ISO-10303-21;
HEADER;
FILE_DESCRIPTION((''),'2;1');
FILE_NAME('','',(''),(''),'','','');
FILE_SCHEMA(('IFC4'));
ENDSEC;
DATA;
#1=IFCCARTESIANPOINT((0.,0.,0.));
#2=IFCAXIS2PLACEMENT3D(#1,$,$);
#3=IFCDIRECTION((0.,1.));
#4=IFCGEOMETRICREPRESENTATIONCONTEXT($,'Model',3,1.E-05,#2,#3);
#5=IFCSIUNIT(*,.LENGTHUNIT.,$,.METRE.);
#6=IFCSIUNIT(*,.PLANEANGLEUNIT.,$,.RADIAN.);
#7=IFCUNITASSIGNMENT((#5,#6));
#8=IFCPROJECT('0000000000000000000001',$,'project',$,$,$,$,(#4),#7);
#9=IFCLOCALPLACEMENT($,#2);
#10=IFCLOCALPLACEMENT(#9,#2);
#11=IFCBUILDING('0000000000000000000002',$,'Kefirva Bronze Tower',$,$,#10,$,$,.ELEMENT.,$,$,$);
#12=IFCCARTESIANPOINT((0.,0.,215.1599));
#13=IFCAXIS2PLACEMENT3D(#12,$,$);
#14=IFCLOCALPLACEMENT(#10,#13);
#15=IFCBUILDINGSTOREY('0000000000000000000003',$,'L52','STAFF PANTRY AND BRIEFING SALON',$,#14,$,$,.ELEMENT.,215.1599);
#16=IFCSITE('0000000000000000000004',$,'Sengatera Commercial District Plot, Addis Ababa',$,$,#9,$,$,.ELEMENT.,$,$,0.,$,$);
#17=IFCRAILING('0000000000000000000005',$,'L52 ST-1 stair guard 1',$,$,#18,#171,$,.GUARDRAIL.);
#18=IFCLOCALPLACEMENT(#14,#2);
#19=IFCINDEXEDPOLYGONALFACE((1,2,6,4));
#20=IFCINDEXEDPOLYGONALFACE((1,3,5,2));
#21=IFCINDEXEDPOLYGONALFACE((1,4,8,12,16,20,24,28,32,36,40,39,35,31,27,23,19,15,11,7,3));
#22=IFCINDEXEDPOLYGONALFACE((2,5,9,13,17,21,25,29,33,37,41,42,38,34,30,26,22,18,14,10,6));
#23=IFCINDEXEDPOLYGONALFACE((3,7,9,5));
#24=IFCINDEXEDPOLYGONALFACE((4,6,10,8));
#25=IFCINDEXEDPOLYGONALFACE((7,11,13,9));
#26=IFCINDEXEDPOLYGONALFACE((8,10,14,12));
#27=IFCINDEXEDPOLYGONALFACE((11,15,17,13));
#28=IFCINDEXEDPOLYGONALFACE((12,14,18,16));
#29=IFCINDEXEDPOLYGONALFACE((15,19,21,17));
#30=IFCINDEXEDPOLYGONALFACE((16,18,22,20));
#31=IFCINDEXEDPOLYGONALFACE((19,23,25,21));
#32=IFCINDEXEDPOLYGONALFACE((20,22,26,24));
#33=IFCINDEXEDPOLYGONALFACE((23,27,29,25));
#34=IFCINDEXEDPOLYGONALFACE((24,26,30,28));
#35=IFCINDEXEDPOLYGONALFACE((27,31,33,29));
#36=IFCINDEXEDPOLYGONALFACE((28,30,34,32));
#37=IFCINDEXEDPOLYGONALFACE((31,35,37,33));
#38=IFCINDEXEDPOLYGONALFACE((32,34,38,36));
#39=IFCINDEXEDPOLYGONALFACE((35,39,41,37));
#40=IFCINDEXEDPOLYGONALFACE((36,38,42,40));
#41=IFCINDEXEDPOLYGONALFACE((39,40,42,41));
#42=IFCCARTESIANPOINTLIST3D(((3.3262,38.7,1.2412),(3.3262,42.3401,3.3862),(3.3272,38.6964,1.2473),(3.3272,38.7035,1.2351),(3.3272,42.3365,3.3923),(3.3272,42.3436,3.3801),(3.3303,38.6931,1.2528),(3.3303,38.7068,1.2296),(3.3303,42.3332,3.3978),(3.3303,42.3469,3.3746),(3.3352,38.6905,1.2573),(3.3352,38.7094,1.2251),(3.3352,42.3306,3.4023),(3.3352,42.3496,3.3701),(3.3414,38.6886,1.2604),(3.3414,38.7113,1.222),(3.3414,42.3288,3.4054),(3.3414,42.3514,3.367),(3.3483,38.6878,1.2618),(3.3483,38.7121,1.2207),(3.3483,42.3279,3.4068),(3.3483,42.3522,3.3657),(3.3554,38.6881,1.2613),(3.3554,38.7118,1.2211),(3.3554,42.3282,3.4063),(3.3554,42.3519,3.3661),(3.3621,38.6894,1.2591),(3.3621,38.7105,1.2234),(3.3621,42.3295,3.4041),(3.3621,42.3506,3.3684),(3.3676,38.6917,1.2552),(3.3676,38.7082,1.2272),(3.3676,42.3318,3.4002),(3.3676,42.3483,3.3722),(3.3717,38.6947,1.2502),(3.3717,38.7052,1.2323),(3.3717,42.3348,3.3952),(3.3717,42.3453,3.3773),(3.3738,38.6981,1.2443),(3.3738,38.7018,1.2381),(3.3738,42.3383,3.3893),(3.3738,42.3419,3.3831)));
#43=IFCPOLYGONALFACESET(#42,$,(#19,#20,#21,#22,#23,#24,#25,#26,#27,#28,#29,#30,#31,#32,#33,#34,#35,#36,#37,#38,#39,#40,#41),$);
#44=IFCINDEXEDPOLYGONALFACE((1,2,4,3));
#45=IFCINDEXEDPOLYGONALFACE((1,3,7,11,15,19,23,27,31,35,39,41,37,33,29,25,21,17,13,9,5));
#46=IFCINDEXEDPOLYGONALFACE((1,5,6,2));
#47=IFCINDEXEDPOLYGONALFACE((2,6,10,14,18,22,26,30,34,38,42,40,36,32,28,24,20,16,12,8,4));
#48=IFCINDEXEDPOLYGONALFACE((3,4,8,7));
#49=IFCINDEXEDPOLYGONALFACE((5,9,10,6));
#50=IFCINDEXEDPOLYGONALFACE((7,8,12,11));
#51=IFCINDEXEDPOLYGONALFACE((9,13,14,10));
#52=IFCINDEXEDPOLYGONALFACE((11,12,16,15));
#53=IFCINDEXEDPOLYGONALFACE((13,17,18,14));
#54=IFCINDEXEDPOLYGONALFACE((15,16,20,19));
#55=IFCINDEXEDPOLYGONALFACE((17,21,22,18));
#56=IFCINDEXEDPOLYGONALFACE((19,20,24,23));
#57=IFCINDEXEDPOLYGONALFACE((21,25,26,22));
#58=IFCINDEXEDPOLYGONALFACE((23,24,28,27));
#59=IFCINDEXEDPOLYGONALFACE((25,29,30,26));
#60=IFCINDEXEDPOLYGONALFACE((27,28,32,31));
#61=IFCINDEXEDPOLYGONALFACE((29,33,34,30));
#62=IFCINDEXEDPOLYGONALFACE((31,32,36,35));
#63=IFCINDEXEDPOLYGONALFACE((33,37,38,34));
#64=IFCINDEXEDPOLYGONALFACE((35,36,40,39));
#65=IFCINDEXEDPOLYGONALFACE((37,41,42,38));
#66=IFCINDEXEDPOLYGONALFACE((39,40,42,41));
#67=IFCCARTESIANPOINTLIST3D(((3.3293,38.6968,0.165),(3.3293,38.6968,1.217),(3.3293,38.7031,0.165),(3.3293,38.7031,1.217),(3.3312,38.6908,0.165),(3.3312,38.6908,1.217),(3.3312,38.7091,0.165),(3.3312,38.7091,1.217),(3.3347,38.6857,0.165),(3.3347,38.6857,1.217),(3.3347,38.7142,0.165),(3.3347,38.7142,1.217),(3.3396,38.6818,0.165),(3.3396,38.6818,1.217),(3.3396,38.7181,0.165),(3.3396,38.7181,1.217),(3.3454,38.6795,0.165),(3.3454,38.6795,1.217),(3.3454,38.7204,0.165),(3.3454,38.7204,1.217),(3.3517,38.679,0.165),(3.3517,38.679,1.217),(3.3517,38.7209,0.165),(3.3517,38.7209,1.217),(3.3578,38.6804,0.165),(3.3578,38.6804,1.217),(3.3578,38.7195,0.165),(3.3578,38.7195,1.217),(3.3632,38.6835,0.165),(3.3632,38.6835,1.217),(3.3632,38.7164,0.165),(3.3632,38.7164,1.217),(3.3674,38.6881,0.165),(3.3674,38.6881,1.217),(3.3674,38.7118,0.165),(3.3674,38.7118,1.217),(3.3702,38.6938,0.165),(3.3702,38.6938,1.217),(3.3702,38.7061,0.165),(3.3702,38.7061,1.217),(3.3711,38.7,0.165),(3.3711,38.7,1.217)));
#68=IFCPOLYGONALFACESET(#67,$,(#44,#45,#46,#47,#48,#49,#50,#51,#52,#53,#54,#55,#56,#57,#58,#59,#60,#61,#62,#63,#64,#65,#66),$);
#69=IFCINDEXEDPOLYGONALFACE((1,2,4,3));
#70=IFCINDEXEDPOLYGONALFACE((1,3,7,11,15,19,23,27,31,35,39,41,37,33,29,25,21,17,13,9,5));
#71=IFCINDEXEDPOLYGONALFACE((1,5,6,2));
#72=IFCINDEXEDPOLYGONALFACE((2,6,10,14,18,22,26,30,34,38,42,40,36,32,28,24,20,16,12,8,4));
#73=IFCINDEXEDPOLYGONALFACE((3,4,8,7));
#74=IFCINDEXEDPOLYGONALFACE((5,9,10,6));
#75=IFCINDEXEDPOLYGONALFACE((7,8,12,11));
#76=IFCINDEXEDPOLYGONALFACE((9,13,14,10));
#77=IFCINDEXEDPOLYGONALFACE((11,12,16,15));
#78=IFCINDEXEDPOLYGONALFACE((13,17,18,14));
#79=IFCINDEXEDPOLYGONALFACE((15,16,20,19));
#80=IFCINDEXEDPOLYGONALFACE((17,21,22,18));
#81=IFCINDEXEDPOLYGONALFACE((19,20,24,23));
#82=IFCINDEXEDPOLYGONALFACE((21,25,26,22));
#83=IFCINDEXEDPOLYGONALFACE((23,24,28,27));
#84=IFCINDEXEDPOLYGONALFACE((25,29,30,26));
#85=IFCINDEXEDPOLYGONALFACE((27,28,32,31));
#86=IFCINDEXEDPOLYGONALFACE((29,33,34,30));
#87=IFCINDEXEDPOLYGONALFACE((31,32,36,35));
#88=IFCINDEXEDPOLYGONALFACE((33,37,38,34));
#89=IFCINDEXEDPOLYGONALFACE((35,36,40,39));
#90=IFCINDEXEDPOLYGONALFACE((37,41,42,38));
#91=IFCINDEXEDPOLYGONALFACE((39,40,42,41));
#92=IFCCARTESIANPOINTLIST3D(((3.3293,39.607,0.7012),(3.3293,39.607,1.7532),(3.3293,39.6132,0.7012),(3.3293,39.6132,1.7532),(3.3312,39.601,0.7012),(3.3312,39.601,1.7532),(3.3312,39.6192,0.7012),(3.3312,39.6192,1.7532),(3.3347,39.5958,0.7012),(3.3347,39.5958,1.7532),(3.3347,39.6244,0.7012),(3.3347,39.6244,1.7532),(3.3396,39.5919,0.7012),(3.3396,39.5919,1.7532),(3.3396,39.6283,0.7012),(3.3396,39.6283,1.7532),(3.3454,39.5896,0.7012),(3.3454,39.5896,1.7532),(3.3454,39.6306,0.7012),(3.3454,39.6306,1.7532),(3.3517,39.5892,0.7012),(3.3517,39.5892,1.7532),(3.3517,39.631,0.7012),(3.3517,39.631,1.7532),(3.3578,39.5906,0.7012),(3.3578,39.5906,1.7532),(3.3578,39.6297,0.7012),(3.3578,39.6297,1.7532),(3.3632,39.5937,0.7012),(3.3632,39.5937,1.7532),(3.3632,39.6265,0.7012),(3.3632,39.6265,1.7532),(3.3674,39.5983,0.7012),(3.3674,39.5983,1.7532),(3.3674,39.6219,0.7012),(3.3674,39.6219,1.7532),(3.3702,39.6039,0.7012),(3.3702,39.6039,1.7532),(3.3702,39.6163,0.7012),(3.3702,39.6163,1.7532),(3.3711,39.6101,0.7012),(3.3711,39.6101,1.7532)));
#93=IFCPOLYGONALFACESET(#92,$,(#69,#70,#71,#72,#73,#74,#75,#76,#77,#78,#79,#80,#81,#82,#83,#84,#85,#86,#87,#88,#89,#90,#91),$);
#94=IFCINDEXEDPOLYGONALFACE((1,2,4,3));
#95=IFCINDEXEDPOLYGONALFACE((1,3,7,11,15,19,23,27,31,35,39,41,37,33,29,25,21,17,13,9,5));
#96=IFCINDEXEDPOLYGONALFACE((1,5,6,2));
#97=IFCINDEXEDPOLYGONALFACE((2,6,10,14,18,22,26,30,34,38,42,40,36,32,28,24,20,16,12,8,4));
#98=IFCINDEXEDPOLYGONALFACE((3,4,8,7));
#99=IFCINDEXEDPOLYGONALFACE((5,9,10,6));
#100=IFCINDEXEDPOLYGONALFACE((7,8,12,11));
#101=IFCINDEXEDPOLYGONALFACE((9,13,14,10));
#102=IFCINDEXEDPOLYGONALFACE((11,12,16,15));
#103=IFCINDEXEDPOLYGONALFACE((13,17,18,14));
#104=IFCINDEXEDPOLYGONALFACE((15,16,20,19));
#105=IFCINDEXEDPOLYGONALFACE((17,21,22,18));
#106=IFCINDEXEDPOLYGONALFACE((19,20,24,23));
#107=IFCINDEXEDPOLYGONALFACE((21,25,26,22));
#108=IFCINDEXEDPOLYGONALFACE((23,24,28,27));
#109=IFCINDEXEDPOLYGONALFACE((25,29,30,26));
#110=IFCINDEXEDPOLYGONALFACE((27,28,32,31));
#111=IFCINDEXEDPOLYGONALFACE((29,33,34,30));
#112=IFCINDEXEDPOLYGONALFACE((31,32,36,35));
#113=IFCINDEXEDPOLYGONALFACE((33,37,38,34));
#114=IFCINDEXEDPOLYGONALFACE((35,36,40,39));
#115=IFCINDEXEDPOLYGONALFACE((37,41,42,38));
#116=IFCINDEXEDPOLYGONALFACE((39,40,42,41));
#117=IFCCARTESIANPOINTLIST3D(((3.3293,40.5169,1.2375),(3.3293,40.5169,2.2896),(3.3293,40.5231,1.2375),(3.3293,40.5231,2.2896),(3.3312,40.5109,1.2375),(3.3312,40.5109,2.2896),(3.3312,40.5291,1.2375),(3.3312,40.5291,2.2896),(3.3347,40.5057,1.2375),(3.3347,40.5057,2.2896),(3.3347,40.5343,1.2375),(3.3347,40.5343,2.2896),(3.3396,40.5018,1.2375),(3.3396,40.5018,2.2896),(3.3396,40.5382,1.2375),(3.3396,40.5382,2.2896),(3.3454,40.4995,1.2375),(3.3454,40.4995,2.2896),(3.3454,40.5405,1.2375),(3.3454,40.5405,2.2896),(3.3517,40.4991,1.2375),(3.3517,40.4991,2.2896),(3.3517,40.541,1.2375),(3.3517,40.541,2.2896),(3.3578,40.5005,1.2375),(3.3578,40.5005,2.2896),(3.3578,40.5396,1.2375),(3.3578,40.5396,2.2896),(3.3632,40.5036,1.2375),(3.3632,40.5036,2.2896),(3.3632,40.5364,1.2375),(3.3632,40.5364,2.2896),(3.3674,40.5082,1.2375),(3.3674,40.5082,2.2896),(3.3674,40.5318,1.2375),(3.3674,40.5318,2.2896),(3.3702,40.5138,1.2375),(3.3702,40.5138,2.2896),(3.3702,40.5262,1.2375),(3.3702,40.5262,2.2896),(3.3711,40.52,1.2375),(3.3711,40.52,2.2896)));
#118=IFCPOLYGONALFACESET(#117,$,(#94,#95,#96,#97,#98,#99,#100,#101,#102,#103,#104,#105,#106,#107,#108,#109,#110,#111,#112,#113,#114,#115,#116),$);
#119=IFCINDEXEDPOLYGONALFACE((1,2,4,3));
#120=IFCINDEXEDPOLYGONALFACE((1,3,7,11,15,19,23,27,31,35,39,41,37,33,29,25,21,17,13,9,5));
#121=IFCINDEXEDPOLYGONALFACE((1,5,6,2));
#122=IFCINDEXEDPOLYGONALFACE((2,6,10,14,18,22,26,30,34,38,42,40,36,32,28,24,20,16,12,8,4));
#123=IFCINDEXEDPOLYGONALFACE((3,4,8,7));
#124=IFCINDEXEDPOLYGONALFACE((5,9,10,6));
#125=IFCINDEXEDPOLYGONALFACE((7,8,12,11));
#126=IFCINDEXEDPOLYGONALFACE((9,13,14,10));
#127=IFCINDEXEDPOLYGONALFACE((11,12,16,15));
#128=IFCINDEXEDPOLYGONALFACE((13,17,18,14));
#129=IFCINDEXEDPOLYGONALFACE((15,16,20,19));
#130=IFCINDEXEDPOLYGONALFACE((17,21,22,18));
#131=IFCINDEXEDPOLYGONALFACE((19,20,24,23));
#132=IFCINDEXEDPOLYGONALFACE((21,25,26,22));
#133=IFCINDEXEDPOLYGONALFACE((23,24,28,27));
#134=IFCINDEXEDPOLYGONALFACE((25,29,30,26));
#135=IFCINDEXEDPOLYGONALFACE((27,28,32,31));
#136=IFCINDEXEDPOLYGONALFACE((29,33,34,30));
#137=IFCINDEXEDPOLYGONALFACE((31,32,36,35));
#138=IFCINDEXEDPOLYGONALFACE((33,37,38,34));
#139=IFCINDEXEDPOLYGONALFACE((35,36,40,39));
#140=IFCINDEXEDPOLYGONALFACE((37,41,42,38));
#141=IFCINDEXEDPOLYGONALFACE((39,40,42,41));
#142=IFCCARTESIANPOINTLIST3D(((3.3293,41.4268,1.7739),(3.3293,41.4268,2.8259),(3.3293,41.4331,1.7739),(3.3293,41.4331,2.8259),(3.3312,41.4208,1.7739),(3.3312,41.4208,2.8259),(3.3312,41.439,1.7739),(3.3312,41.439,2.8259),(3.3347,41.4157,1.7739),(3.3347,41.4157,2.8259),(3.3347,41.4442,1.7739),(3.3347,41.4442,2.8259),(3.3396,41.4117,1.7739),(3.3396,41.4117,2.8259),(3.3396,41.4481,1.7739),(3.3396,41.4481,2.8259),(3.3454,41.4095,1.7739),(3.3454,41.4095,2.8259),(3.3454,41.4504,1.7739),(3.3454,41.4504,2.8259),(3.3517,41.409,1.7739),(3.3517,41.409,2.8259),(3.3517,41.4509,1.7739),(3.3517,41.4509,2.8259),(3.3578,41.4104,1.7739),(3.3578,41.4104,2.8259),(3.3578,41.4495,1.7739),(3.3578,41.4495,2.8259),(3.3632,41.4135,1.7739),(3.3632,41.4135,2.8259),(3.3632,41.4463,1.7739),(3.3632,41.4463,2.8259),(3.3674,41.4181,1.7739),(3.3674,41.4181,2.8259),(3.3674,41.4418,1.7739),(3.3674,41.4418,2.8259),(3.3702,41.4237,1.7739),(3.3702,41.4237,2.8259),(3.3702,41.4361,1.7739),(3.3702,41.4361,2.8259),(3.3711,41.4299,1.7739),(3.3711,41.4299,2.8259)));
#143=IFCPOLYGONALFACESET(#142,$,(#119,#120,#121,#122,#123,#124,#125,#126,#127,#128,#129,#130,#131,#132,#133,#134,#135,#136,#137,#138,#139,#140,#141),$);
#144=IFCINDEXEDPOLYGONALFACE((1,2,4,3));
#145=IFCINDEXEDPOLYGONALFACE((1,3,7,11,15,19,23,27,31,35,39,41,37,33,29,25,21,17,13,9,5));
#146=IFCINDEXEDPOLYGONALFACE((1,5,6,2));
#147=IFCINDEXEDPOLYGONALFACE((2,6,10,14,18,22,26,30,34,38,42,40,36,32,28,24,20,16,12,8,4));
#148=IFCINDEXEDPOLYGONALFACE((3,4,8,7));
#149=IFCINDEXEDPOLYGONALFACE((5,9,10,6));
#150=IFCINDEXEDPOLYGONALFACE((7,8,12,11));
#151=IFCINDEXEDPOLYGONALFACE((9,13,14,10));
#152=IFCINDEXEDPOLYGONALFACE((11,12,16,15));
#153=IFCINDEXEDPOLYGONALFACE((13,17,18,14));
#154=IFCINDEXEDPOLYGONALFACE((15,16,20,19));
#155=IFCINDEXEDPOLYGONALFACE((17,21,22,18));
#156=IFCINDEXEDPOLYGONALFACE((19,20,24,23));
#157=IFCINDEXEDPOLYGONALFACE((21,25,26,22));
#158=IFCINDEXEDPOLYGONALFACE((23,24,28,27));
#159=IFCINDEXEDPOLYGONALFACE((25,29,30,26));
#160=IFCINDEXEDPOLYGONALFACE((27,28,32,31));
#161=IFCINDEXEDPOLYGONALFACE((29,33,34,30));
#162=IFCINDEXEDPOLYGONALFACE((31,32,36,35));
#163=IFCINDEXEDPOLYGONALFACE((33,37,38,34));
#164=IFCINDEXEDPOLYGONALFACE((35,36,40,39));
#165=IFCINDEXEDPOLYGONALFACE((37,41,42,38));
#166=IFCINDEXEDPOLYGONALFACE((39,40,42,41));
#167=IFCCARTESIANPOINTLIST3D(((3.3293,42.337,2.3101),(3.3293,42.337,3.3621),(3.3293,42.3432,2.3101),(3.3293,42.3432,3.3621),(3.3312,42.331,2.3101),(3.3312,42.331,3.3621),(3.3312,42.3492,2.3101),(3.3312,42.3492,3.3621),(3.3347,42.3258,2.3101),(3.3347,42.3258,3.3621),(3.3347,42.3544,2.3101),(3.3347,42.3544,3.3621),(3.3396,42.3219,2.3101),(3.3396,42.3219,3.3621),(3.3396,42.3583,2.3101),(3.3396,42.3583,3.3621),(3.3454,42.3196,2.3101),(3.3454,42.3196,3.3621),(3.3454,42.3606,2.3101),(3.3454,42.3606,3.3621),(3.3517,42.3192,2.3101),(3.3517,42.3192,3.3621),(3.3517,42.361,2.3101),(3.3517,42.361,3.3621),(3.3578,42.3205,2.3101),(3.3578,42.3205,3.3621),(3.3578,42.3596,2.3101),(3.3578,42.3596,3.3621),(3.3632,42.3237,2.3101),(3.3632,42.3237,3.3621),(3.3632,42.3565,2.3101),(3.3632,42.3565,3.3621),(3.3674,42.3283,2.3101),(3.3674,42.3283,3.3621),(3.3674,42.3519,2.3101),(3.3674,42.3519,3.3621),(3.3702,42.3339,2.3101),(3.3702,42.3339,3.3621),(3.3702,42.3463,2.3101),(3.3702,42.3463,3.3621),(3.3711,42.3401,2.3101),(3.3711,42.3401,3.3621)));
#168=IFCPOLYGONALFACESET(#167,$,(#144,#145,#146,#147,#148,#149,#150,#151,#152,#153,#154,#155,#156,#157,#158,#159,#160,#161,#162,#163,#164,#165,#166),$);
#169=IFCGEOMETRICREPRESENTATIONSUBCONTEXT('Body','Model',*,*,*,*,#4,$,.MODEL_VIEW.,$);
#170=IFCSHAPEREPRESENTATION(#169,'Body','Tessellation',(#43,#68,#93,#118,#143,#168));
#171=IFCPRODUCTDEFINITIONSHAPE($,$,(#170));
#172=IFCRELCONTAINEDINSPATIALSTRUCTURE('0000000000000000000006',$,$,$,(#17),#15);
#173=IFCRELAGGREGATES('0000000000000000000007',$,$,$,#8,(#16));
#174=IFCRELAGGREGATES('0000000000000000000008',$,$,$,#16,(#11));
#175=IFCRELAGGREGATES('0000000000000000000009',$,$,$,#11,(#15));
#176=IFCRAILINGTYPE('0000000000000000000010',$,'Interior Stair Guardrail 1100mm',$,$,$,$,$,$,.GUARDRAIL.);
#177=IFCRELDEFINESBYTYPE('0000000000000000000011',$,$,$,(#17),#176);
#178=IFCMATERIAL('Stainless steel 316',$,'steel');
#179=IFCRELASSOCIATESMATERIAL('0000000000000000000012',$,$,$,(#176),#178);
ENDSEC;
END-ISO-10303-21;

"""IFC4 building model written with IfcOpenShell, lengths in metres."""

from ifc_helpers import new_model, si_unit, direction, frame, origin, origin_2d, place, context, subcontext, project, spatial, circle, extrude, material, type_object, element, save


model = new_model("IFC4")

# Units and contexts
model_context = context("Model", 3, precision=1e-05, world=origin(), true_north=direction((0.0, 1.0)))
body_context = subcontext(model_context, "Body", "Model", "MODEL_VIEW")
ifc_project = project(units=[si_unit("LENGTHUNIT", "METRE"), si_unit("PLANEANGLEUNIT", "RADIAN")], contexts=[model_context])

# Site, building, storey
site_placement = place(None, origin())
site = spatial("IfcSite", under=ifc_project, at=site_placement, Name="Sengatera Commercial District Plot, Addis Ababa", CompositionType="ELEMENT", RefElevation=0.0)
building_placement = place(site_placement, origin())
building = spatial("IfcBuilding", under=site, at=building_placement, Name="Kefirva Bronze Tower", CompositionType="ELEMENT")
storey_placement = place(building_placement, frame((0.0, 0.0, 215.1599)))
storey = spatial("IfcBuildingStorey", under=building, at=storey_placement, Name="L52", Description="STAFF PANTRY AND BRIEFING SALON", CompositionType="ELEMENT", Elevation=215.1599)

# Shared definitions
ifc_material_1 = material(Name="Stainless steel 316", Category="steel")

# Railing
railing_type_1 = type_object("IfcRailingType", Name="Interior Stair Guardrail 1100mm", PredefinedType="GUARDRAIL", material=ifc_material_1)
railing_1_placement = place(storey_placement, frame((3.3501, 38.7, 0.165)))
element("IfcRailing", 1, at=railing_1_placement, inside=storey, type_object=railing_type_1, Name="L52 ST-1 stair guard 1", PredefinedType="GUARDRAIL", context=body_context, shape_type="SweptSolid", body=[
    extrude(circle(Radius=0.0239, at=origin_2d()), frame((0.0, 0.0, 1.0762), z_axis=(0.0, 0.861545, 0.507682), x_axis=(-1.0, 0.0, 0.0)), (0.0, 0.0, 1.0), 4.2251),
    extrude(circle(Radius=0.021, at=origin_2d()), origin(), (0.0, 0.0, 1.0), 1.052),
    extrude(circle(Radius=0.021, at=origin_2d()), frame((0.0, 0.9102, 0.5361)), (0.0, 0.0, 1.0), 1.052),
    extrude(circle(Radius=0.021, at=origin_2d()), frame((0.0, 1.8201, 1.0725)), (0.0, 0.0, 1.0), 1.052),
    extrude(circle(Radius=0.021, at=origin_2d()), frame((0.0, 2.73, 1.6089)), (0.0, 0.0, 1.0), 1.052),
    extrude(circle(Radius=0.021, at=origin_2d()), frame((0.0, 3.6401, 2.145)), (0.0, 0.0, 1.0), 1.052),
])

save(model, "model.ifc")
